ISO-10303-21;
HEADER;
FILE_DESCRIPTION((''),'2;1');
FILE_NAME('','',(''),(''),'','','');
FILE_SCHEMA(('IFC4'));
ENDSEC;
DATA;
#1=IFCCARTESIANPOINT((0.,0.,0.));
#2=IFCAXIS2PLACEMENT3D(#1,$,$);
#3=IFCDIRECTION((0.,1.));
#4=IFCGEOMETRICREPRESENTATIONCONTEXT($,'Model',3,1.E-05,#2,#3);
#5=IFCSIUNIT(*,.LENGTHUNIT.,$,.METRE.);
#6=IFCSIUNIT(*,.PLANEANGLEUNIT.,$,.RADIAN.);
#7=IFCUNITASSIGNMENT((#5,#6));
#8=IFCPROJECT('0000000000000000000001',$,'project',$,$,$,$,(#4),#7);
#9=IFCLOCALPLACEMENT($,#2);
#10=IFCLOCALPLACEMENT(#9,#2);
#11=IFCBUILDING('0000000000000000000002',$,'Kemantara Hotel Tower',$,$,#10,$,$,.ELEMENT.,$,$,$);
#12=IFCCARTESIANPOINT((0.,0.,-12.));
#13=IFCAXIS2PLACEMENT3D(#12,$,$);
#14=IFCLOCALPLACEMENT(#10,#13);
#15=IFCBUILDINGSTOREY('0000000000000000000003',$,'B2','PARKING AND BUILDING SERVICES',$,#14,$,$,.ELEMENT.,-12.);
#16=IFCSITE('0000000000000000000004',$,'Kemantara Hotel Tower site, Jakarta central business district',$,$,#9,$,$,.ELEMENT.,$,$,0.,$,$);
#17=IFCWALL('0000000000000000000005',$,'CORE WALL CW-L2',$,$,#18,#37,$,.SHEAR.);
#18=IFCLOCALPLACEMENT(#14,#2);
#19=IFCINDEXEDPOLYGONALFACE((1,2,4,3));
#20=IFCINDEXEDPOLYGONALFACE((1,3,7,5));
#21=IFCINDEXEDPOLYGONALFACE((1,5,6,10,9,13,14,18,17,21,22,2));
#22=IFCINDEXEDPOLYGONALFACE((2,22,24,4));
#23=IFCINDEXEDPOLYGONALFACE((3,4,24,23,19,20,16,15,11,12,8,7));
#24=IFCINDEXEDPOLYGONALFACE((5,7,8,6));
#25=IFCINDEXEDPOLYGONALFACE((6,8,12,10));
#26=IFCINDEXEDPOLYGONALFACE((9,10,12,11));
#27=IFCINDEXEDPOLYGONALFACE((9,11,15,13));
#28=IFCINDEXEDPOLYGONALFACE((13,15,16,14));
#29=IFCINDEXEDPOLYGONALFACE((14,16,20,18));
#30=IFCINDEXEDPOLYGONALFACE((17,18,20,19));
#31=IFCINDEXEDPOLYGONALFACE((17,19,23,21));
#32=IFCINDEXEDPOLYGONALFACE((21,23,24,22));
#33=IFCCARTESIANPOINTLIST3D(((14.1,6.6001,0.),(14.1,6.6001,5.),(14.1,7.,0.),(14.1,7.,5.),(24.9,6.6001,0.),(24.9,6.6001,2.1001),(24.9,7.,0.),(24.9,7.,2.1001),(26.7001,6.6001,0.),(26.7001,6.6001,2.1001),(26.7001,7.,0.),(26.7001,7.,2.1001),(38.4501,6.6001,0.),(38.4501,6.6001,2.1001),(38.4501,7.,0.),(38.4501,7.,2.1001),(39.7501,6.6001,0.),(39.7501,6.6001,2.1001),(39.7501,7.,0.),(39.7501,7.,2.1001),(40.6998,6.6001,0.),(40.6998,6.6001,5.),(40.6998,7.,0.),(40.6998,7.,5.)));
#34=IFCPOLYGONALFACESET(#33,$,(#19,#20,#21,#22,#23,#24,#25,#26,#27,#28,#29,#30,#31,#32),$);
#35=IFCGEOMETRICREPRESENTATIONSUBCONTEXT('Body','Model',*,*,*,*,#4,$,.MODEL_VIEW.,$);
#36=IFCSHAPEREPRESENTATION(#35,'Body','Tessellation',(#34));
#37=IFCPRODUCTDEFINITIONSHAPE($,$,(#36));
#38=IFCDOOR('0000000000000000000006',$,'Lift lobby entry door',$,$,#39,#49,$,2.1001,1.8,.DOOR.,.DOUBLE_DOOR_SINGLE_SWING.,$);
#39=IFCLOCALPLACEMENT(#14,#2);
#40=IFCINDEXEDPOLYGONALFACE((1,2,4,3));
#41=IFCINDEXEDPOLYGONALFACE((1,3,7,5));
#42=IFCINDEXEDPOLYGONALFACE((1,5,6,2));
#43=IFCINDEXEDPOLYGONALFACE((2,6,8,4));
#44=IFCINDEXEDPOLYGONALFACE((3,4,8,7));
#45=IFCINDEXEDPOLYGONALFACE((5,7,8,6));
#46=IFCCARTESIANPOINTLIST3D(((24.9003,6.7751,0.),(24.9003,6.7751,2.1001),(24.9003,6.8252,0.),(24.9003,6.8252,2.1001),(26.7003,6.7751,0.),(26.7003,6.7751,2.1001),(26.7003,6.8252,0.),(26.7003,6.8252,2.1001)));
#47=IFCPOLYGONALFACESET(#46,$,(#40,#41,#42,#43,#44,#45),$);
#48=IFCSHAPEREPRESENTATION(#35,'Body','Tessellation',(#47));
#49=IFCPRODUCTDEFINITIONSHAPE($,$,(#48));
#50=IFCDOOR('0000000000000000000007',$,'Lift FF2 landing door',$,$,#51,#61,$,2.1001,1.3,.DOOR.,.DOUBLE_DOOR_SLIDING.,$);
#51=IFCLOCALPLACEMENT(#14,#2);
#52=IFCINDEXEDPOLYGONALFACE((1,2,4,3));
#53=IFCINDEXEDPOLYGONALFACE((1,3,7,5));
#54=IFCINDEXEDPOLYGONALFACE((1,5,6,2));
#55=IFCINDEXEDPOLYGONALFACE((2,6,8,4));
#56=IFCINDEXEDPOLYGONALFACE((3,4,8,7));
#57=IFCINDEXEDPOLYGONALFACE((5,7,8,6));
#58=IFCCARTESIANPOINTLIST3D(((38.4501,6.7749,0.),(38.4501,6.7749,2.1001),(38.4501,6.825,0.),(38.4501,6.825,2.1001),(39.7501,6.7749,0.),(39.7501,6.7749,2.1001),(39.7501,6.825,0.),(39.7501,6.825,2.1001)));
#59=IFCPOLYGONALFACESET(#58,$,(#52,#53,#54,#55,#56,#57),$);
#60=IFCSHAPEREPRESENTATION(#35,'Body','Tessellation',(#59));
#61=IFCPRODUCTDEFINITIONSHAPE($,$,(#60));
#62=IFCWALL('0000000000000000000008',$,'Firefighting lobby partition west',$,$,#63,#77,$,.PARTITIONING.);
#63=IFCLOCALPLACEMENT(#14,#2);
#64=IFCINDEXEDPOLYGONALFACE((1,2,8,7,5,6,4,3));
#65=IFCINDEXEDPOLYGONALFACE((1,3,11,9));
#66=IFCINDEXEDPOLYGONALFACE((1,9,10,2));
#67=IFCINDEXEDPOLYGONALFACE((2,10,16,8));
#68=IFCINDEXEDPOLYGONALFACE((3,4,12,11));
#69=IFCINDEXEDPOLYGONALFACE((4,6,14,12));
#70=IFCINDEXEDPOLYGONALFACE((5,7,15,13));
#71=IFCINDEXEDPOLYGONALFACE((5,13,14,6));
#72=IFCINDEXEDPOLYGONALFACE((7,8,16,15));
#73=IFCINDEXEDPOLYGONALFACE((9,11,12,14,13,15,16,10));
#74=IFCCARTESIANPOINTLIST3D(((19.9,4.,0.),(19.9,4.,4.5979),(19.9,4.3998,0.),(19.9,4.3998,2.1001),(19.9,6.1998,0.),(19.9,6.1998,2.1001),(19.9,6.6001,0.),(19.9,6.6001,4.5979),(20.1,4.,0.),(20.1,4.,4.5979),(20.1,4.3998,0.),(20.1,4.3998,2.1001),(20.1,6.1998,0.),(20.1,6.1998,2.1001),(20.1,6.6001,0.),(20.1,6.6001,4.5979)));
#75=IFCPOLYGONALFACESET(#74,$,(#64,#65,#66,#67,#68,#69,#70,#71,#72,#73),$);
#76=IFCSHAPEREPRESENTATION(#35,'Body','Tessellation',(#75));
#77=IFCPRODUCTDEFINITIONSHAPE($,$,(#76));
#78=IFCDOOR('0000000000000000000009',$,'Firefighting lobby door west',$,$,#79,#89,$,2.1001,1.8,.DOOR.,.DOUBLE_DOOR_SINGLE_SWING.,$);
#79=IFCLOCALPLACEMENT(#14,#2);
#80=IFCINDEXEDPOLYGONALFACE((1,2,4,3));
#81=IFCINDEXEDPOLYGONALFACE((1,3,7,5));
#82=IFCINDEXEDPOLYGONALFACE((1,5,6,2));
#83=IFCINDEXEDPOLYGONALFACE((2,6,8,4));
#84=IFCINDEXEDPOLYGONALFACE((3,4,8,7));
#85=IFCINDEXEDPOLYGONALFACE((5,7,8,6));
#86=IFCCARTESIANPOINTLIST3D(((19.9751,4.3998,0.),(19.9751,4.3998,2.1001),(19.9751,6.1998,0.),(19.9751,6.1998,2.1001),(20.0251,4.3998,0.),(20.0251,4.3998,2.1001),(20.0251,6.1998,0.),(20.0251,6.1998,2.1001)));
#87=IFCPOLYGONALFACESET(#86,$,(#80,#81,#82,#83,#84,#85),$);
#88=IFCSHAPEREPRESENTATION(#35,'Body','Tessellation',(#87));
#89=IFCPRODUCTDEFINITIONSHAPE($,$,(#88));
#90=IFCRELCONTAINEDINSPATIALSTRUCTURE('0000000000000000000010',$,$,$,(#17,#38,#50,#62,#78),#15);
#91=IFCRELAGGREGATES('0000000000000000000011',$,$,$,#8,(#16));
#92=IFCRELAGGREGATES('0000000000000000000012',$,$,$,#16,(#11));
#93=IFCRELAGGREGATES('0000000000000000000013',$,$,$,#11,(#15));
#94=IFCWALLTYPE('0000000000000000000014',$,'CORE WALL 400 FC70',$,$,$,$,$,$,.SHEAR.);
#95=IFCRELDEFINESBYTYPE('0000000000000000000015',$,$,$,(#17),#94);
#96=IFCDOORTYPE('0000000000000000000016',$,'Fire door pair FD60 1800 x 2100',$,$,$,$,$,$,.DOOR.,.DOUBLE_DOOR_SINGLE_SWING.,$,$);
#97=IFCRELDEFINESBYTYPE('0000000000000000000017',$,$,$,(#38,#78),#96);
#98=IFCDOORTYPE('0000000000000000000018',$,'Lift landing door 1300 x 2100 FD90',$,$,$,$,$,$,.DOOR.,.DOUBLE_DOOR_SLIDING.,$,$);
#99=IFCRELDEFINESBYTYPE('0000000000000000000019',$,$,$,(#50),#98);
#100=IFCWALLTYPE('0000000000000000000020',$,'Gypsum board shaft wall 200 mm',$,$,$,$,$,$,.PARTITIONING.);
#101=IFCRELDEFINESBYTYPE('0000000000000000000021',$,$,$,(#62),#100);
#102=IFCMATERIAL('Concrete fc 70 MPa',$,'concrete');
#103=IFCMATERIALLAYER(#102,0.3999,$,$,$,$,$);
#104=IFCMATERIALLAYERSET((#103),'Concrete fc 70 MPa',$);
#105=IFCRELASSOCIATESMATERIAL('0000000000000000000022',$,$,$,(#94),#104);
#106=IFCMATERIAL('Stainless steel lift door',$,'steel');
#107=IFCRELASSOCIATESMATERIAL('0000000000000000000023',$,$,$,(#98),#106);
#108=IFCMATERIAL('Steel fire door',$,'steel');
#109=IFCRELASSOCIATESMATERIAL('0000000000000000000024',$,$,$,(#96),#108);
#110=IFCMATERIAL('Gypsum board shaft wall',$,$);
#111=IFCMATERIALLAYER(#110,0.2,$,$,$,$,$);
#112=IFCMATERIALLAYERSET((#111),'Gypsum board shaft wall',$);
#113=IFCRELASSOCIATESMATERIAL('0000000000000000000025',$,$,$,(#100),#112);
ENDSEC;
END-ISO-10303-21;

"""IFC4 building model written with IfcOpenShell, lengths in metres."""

from ifc_helpers import new_model, si_unit, direction, frame, frame_2d, origin, place, context, subcontext, project, spatial, rectangle, extrude, material, layer, layer_set, type_object, element, fill, save


model = new_model("IFC4")

# Units and contexts
model_context = context("Model", 3, precision=1e-05, world=origin(), true_north=direction((0.0, 1.0)))
body_context = subcontext(model_context, "Body", "Model", "MODEL_VIEW")
ifc_project = project(units=[si_unit("LENGTHUNIT", "METRE"), si_unit("PLANEANGLEUNIT", "RADIAN")], contexts=[model_context])

# Site, building, storey
site_placement = place(None, origin())
site = spatial("IfcSite", under=ifc_project, at=site_placement, Name="Kemantara Hotel Tower site, Jakarta central business district", CompositionType="ELEMENT", RefElevation=0.0)
building_placement = place(site_placement, origin())
building = spatial("IfcBuilding", under=site, at=building_placement, Name="Kemantara Hotel Tower", CompositionType="ELEMENT")
storey_placement = place(building_placement, frame((0.0, 0.0, -12.0)))
storey = spatial("IfcBuildingStorey", under=building, at=storey_placement, Name="B2", Description="PARKING AND BUILDING SERVICES", CompositionType="ELEMENT", Elevation=-12.0)

# Shared definitions
ifc_material_1 = material(Name="Concrete fc 70 MPa", Category="concrete")

# Shared definitions
ifc_layer_1 = layer(ifc_material_1, 0.3999)
ifc_layer_set_1 = layer_set([ifc_layer_1], Name="Concrete fc 70 MPa")
wall_type_1 = type_object("IfcWallType", Name="CORE WALL 400 FC70", PredefinedType="SHEAR", material=ifc_layer_set_1)
ifc_material_2 = material(Name="Steel fire door", Category="steel")

# Wall, openings, doors
ifc_material_3 = material(Name="Stainless steel lift door", Category="steel")
door_type_1 = type_object("IfcDoorType", Name="Lift landing door 1300 x 2100 FD90", OperationType="DOUBLE_DOOR_SLIDING", PredefinedType="DOOR", material=ifc_material_3)
wall_1_placement = place(storey_placement, frame((14.1001, 6.8, 0.0), z_axis=(0.0, 0.0, 1.0), x_axis=(1.0, 0.0, 0.0)))
wall_1 = element("IfcWall", 1, at=wall_1_placement, inside=storey, type_object=wall_type_1, Name="CORE WALL CW-L2", PredefinedType="SHEAR", context=body_context, shape_type="SweptSolid", body=[
    extrude(rectangle(XDim=26.5999, YDim=0.3999, at=frame_2d((13.2998, 0.0))), origin(), (0.0, 0.0, 1.0), 5.0),
])
opening_1_placement = place(wall_1_placement, frame((10.8, 0.0, 0.0)))
opening_1 = element("IfcOpeningElement", 2, at=opening_1_placement, cuts=wall_1, PredefinedType="OPENING", context=body_context, shape_type="SweptSolid", body=[
    extrude(rectangle(XDim=1.8, YDim=2.1001, at=frame_2d((0.8999, 1.05))), frame((0.0, 0.21, 0.0), z_axis=(0.0, -1.0, 0.0), x_axis=(1.0, 0.0, 0.0)), (0.0, 0.0, 1.0), 0.4199),
])
opening_2_placement = place(wall_1_placement, frame((24.3501, 0.0, 0.0)))
opening_2 = element("IfcOpeningElement", 3, at=opening_2_placement, cuts=wall_1, PredefinedType="OPENING", context=body_context, shape_type="SweptSolid", body=[
    extrude(rectangle(XDim=1.3, YDim=2.1001, at=frame_2d((0.6499, 1.05))), frame((0.0, 0.21, 0.0), z_axis=(0.0, -1.0, 0.0), x_axis=(1.0, 0.0, 0.0)), (0.0, 0.0, 1.0), 0.4199),
])
door_type_2 = type_object("IfcDoorType", Name="Fire door pair FD60 1800 x 2100", OperationType="DOUBLE_DOOR_SINGLE_SWING", PredefinedType="DOOR", material=ifc_material_2)
door_1_placement = place(opening_1_placement, frame((1.8, 0.0, 0.0), z_axis=(0.0, 0.0, 1.0), x_axis=(-1.0, 0.0, 0.0)))
door_1 = element("IfcDoor", 4, at=door_1_placement, inside=storey, type_object=door_type_2, Name="Lift lobby entry door", OperationType="DOUBLE_DOOR_SINGLE_SWING", OverallHeight=2.1001, OverallWidth=1.8, PredefinedType="DOOR", context=body_context, shape_type="SweptSolid", body=[
    extrude(rectangle(XDim=1.8, YDim=2.1001, at=frame_2d((0.8999, 1.05))), frame((0.0, 0.0249, 0.0), z_axis=(0.0, -1.0, 0.0), x_axis=(1.0, 0.0, 0.0)), (0.0, 0.0, 1.0), 0.05),
])
fill(opening_1, door_1)
door_2_placement = place(opening_2_placement, origin())
door_2 = element("IfcDoor", 5, at=door_2_placement, inside=storey, type_object=door_type_1, Name="Lift FF2 landing door", OperationType="DOUBLE_DOOR_SLIDING", OverallHeight=2.1001, OverallWidth=1.3, PredefinedType="DOOR", context=body_context, shape_type="SweptSolid", body=[
    extrude(rectangle(XDim=1.3, YDim=2.1001, at=frame_2d((0.6499, 1.05))), frame((0.0, 0.0249, 0.0), z_axis=(0.0, -1.0, 0.0), x_axis=(1.0, 0.0, 0.0)), (0.0, 0.0, 1.0), 0.05),
])
fill(opening_2, door_2)

# Wall, opening, door
ifc_material_4 = material(Name="Gypsum board shaft wall")
ifc_layer_2 = layer(ifc_material_4, 0.2)
ifc_layer_set_2 = layer_set([ifc_layer_2], Name="Gypsum board shaft wall")
wall_type_2 = type_object("IfcWallType", Name="Gypsum board shaft wall 200 mm", PredefinedType="PARTITIONING", material=ifc_layer_set_2)
wall_2_placement = place(storey_placement, frame((20.0, 4.0, 0.0), z_axis=(0.0, 0.0, 1.0), x_axis=(0.0, 1.0, 0.0)))
wall_2 = element("IfcWall", 6, at=wall_2_placement, inside=storey, type_object=wall_type_2, Name="Firefighting lobby partition west", PredefinedType="PARTITIONING", context=body_context, shape_type="SweptSolid", body=[
    extrude(rectangle(XDim=2.6001, YDim=0.2, at=frame_2d((1.3, 0.0))), origin(), (0.0, 0.0, 1.0), 4.5979),
])
opening_3_placement = place(wall_2_placement, frame((0.3999, 0.0, 0.0)))
opening_3 = element("IfcOpeningElement", 7, at=opening_3_placement, cuts=wall_2, PredefinedType="OPENING", context=body_context, shape_type="SweptSolid", body=[
    extrude(rectangle(XDim=1.8, YDim=2.1001, at=frame_2d((0.8999, 1.05))), frame((0.0, 0.1099, 0.0), z_axis=(0.0, -1.0, 0.0), x_axis=(1.0, 0.0, 0.0)), (0.0, 0.0, 1.0), 0.22),
])
door_3_placement = place(opening_3_placement, origin())
door_3 = element("IfcDoor", 8, at=door_3_placement, inside=storey, type_object=door_type_2, Name="Firefighting lobby door west", OperationType="DOUBLE_DOOR_SINGLE_SWING", OverallHeight=2.1001, OverallWidth=1.8, PredefinedType="DOOR", context=body_context, shape_type="SweptSolid", body=[
    extrude(rectangle(XDim=1.8, YDim=2.1001, at=frame_2d((0.8999, 1.05))), frame((0.0, 0.0249, 0.0), z_axis=(0.0, -1.0, 0.0), x_axis=(1.0, 0.0, 0.0)), (0.0, 0.0, 1.0), 0.05),
])
fill(opening_3, door_3)

save(model, "model.ifc")
